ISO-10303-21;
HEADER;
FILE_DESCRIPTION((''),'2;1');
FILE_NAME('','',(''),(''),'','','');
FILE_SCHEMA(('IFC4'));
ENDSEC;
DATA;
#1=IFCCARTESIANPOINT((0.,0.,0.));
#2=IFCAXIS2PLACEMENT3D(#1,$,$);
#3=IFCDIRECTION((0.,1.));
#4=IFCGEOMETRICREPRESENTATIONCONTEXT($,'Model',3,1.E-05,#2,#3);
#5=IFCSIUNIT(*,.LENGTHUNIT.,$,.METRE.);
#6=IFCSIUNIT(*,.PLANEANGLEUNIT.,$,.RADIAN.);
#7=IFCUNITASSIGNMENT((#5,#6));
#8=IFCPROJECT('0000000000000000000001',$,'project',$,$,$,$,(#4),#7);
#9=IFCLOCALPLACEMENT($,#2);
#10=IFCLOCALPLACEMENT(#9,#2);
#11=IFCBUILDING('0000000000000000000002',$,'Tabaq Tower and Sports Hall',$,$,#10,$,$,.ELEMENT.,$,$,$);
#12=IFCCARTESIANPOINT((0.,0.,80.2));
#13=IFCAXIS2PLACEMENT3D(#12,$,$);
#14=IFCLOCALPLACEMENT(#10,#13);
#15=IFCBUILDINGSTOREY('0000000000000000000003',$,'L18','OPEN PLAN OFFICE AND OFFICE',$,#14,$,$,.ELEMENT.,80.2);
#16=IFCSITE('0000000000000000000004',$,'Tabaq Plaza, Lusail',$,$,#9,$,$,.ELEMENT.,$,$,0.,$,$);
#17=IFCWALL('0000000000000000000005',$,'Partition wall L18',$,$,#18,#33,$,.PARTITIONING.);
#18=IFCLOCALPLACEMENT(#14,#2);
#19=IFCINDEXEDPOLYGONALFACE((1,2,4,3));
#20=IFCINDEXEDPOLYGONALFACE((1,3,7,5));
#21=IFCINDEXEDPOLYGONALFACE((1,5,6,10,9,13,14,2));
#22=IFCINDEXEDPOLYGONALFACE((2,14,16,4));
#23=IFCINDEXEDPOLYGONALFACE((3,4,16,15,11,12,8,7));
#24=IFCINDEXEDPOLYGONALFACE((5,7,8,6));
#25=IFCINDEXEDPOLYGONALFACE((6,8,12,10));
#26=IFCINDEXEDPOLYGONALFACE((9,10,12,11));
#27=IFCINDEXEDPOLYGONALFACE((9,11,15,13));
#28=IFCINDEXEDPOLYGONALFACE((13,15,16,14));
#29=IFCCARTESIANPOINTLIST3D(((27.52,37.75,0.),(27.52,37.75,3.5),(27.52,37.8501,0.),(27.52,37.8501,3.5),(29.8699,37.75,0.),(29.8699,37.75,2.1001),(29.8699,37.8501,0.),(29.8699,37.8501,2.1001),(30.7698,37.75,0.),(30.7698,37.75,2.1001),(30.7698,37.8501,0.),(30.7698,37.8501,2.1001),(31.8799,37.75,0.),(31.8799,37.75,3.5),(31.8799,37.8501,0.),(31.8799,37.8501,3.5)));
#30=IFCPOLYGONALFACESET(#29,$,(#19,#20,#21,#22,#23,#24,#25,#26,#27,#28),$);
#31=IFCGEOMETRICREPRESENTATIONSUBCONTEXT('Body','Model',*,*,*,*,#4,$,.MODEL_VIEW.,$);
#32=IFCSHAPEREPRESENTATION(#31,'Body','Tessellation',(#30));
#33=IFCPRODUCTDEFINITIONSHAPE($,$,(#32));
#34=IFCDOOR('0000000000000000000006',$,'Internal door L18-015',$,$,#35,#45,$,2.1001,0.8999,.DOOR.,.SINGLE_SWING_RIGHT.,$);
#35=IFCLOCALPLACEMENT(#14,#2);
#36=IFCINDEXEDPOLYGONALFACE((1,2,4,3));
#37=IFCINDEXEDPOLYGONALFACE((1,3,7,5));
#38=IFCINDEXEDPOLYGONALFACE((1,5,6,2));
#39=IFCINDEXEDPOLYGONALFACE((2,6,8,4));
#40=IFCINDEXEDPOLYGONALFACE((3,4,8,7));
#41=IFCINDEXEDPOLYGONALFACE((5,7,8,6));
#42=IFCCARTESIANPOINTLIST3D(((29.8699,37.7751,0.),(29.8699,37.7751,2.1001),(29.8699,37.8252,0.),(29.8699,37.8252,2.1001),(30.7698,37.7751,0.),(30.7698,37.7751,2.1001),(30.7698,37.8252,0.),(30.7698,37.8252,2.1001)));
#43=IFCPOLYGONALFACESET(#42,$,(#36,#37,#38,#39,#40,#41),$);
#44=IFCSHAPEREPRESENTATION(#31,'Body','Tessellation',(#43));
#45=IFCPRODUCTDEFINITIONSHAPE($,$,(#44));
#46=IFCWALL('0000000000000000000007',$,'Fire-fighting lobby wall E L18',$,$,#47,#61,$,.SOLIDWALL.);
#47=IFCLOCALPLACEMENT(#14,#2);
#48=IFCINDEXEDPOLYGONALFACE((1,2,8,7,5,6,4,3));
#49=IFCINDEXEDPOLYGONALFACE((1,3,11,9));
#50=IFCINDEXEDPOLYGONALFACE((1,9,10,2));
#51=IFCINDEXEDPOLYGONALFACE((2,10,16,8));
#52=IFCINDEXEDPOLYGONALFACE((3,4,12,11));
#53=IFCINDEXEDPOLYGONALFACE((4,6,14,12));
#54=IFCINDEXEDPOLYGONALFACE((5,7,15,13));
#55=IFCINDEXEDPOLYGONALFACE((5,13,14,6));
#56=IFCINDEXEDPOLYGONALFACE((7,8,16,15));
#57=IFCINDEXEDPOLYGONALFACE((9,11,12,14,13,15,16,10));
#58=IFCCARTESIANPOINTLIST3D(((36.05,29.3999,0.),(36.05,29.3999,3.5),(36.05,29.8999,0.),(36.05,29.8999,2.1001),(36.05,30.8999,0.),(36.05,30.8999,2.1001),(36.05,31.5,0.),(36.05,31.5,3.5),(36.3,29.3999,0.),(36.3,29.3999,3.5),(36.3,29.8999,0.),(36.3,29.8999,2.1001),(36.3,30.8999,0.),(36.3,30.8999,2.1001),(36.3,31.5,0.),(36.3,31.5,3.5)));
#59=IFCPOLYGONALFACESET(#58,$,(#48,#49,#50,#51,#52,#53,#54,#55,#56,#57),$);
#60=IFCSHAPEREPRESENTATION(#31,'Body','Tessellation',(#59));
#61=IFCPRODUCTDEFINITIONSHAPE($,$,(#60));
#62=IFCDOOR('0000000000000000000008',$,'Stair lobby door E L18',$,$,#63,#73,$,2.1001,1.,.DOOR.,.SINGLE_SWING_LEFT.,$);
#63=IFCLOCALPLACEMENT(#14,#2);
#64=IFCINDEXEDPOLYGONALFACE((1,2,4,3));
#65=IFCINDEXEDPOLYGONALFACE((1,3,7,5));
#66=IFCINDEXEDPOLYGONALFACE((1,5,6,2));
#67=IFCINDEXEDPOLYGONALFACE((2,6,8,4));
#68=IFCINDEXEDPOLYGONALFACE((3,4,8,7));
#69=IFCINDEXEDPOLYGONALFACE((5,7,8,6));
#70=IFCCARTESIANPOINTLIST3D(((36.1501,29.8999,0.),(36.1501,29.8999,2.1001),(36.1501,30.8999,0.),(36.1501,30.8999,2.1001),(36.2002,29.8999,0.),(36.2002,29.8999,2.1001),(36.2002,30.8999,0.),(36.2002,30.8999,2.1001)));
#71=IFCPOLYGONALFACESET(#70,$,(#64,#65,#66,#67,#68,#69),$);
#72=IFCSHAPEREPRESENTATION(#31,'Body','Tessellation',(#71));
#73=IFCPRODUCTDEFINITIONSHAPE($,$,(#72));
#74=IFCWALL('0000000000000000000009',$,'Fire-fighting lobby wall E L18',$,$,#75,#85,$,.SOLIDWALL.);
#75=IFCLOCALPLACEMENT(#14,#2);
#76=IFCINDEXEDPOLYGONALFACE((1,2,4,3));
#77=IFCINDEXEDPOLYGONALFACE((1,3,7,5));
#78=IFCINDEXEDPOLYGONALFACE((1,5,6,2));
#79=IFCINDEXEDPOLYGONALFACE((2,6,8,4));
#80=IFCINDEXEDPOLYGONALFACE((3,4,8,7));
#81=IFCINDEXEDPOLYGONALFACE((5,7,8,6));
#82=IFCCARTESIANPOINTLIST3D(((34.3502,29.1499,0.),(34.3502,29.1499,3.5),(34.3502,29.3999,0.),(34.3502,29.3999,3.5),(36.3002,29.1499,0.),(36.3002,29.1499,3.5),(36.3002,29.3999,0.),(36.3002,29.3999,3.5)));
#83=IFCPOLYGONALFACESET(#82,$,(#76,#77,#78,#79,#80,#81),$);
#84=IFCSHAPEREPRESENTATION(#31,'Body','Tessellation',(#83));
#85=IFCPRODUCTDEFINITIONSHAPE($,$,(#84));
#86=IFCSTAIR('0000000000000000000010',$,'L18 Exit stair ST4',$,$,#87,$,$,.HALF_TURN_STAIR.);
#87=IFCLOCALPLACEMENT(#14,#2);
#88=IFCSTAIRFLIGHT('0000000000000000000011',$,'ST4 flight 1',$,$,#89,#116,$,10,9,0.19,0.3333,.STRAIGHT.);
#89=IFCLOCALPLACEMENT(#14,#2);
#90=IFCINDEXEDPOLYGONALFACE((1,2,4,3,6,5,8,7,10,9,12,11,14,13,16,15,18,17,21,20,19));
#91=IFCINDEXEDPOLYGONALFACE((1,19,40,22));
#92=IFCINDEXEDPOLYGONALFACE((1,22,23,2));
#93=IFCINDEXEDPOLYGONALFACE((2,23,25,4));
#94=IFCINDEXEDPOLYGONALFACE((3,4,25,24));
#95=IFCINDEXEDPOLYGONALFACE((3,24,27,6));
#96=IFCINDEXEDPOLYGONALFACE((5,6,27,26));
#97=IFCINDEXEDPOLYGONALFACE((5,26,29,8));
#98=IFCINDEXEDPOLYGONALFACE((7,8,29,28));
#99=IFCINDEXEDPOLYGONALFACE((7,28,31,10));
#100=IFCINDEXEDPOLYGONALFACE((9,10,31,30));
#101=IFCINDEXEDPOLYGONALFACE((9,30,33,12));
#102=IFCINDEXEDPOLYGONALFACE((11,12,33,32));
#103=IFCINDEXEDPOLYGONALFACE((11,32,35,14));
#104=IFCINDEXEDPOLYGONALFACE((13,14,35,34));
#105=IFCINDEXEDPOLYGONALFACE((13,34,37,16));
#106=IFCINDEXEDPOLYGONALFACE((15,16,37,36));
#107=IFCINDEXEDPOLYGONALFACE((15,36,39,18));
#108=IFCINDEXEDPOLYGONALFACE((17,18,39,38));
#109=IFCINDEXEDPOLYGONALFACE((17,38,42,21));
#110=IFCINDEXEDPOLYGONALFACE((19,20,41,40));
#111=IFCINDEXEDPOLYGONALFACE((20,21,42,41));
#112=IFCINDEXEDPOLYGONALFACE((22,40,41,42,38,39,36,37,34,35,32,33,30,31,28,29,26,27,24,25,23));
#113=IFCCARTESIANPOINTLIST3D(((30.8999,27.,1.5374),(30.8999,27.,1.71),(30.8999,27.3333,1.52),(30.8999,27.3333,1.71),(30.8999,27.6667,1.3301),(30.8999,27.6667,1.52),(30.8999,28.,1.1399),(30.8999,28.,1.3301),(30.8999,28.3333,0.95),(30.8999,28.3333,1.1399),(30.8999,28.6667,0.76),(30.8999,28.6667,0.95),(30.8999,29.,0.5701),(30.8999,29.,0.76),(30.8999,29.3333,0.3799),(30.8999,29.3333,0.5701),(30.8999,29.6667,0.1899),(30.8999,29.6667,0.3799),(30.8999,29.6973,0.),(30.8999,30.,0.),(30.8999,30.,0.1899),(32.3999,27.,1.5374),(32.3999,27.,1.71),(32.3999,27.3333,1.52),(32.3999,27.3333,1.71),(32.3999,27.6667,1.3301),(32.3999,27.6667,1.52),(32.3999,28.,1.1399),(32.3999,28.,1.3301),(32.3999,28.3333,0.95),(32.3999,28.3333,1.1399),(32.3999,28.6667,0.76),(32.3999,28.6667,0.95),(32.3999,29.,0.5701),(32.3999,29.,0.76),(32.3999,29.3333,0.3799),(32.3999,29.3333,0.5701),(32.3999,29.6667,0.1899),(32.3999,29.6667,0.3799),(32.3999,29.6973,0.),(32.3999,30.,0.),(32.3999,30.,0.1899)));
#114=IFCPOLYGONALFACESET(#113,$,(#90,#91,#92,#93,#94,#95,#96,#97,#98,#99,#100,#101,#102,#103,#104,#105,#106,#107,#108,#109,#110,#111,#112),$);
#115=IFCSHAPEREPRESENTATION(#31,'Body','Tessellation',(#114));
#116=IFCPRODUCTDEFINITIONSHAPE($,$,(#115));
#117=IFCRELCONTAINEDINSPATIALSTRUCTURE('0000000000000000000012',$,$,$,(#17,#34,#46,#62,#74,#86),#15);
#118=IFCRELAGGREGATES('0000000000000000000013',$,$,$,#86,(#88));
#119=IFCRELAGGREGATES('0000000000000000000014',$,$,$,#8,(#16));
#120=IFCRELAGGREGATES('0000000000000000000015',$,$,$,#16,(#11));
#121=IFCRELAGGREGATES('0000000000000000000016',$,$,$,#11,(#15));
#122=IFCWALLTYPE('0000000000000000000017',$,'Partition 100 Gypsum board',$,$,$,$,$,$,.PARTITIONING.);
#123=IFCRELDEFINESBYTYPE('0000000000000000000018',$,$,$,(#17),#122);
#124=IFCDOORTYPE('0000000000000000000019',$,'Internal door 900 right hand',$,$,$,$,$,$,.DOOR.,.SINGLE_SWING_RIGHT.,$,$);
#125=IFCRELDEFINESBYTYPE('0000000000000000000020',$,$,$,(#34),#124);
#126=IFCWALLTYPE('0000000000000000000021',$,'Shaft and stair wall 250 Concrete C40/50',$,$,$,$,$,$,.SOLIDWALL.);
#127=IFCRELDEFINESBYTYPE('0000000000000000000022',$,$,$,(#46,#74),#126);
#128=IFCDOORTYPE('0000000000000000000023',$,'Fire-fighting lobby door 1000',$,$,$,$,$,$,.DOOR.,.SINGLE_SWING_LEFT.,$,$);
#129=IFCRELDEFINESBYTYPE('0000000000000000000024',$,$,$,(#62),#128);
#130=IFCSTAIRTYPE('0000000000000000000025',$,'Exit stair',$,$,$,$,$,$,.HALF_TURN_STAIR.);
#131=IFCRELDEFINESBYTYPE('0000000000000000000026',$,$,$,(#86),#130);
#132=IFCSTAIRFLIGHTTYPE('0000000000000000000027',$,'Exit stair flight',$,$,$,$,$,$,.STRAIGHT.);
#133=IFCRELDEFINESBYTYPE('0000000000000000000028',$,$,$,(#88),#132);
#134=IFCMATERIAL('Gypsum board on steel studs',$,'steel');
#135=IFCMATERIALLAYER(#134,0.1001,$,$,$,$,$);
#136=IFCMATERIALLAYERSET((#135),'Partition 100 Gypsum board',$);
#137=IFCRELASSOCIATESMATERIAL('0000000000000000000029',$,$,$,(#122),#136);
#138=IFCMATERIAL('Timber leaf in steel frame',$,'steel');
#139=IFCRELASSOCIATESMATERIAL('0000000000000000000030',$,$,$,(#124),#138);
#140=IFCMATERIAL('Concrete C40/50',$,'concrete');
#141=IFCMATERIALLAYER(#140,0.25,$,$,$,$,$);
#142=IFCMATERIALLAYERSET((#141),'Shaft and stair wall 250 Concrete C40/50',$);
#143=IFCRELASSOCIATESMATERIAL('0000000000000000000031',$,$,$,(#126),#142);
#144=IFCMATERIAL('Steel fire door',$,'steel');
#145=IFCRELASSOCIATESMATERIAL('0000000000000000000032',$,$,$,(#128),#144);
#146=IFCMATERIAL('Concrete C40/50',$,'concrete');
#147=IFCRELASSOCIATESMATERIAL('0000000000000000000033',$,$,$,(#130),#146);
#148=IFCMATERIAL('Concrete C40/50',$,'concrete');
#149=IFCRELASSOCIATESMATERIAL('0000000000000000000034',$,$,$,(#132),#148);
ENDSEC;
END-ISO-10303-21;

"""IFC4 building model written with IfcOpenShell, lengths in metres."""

from ifc_helpers import new_model, si_unit, direction, frame, frame_2d, origin, place, context, subcontext, project, spatial, polyline, rectangle, outline, extrude, material, layer, layer_set, type_object, element, fill, aggregate, save


model = new_model("IFC4")

# Units and contexts
model_context = context("Model", 3, precision=1e-05, world=origin(), true_north=direction((0.0, 1.0)))
body_context = subcontext(model_context, "Body", "Model", "MODEL_VIEW")
ifc_project = project(units=[si_unit("LENGTHUNIT", "METRE"), si_unit("PLANEANGLEUNIT", "RADIAN")], contexts=[model_context])

# Site, building, storey
site_placement = place(None, origin())
site = spatial("IfcSite", under=ifc_project, at=site_placement, Name="Tabaq Plaza, Lusail", CompositionType="ELEMENT", RefElevation=0.0)
building_placement = place(site_placement, origin())
building = spatial("IfcBuilding", under=site, at=building_placement, Name="Tabaq Tower and Sports Hall", CompositionType="ELEMENT")
storey_placement = place(building_placement, frame((0.0, 0.0, 80.2)))
storey = spatial("IfcBuildingStorey", under=building, at=storey_placement, Name="L18", Description="OPEN PLAN OFFICE AND OFFICE", CompositionType="ELEMENT", Elevation=80.2)

# Shared definitions
ifc_material_1 = material(Name="Gypsum board on steel studs", Category="steel")
ifc_layer_1 = layer(ifc_material_1, 0.1001)
ifc_layer_set_1 = layer_set([ifc_layer_1], Name="Partition 100 Gypsum board")
wall_type_1 = type_object("IfcWallType", Name="Partition 100 Gypsum board", PredefinedType="PARTITIONING", material=ifc_layer_set_1)

# Walls, openings, doors
wall_1_placement = place(storey_placement, frame((31.8799, 37.8, 0.0), z_axis=(0.0, 0.0, 1.0), x_axis=(-1.0, 0.0, 0.0)))
wall_1 = element("IfcWall", 1, at=wall_1_placement, inside=storey, type_object=wall_type_1, Name="Partition wall L18", PredefinedType="PARTITIONING", context=body_context, shape_type="SweptSolid", body=[
    extrude(rectangle(XDim=4.3599, YDim=0.1001, at=frame_2d((2.1799, 0.0))), origin(), (0.0, 0.0, 1.0), 3.5),
])
opening_1_placement = place(wall_1_placement, frame((1.1101, 0.0, 0.0)))
opening_1 = element("IfcOpeningElement", 2, at=opening_1_placement, cuts=wall_1, PredefinedType="OPENING", context=body_context, shape_type="SweptSolid", body=[
    extrude(rectangle(XDim=0.8999, YDim=2.1001, at=frame_2d((0.45, 1.05))), frame((0.0, 0.05, 0.0), z_axis=(0.0, -1.0, 0.0), x_axis=(1.0, 0.0, 0.0)), (0.0, 0.0, 1.0), 0.1001),
])
ifc_material_2 = material(Name="Timber leaf in steel frame", Category="steel")
door_type_1 = type_object("IfcDoorType", Name="Internal door 900 right hand", OperationType="SINGLE_SWING_RIGHT", PredefinedType="DOOR", material=ifc_material_2)
door_1_placement = place(opening_1_placement, origin())
door_1 = element("IfcDoor", 3, at=door_1_placement, inside=storey, type_object=door_type_1, Name="Internal door L18-015", OperationType="SINGLE_SWING_RIGHT", OverallHeight=2.1001, OverallWidth=0.8999, PredefinedType="DOOR", context=body_context, shape_type="SweptSolid", body=[
    extrude(rectangle(XDim=0.8999, YDim=2.1001, at=frame_2d((0.45, 1.05))), frame((0.0, 0.0249, 0.0), z_axis=(0.0, -1.0, 0.0), x_axis=(1.0, 0.0, 0.0)), (0.0, 0.0, 1.0), 0.05),
])
fill(opening_1, door_1)
ifc_material_3 = material(Name="Concrete C40/50", Category="concrete")
ifc_layer_2 = layer(ifc_material_3, 0.25)
ifc_layer_set_2 = layer_set([ifc_layer_2], Name="Shaft and stair wall 250 Concrete C40/50")
wall_type_2 = type_object("IfcWallType", Name="Shaft and stair wall 250 Concrete C40/50", PredefinedType="SOLIDWALL", material=ifc_layer_set_2)
wall_2_placement = place(storey_placement, frame((36.175, 29.3999, 0.0), z_axis=(0.0, 0.0, 1.0), x_axis=(0.0, 1.0, 0.0)))
wall_2 = element("IfcWall", 4, at=wall_2_placement, inside=storey, type_object=wall_type_2, Name="Fire-fighting lobby wall E L18", PredefinedType="SOLIDWALL", context=body_context, shape_type="SweptSolid", body=[
    extrude(rectangle(XDim=2.1001, YDim=0.25, at=frame_2d((1.05, 0.0))), origin(), (0.0, 0.0, 1.0), 3.5),
])
opening_2_placement = place(wall_2_placement, frame((0.5, 0.0, 0.0)))
opening_2 = element("IfcOpeningElement", 5, at=opening_2_placement, cuts=wall_2, PredefinedType="OPENING", context=body_context, shape_type="SweptSolid", body=[
    extrude(rectangle(XDim=1.0, YDim=2.1001, at=frame_2d((0.5, 1.05))), frame((0.0, 0.125, 0.0), z_axis=(0.0, -1.0, 0.0), x_axis=(1.0, 0.0, 0.0)), (0.0, 0.0, 1.0), 0.25),
])
ifc_material_4 = material(Name="Steel fire door", Category="steel")
door_type_2 = type_object("IfcDoorType", Name="Fire-fighting lobby door 1000", OperationType="SINGLE_SWING_LEFT", PredefinedType="DOOR", material=ifc_material_4)
door_2_placement = place(opening_2_placement, origin())
door_2 = element("IfcDoor", 6, at=door_2_placement, inside=storey, type_object=door_type_2, Name="Stair lobby door E L18", OperationType="SINGLE_SWING_LEFT", OverallHeight=2.1001, OverallWidth=1.0, PredefinedType="DOOR", context=body_context, shape_type="SweptSolid", body=[
    extrude(rectangle(XDim=1.0, YDim=2.1001, at=frame_2d((0.5, 1.05))), frame((0.0, 0.0249, 0.0), z_axis=(0.0, -1.0, 0.0), x_axis=(1.0, 0.0, 0.0)), (0.0, 0.0, 1.0), 0.05),
])
fill(opening_2, door_2)

# Wall
wall_3_placement = place(storey_placement, frame((34.3501, 29.2749, 0.0), z_axis=(0.0, 0.0, 1.0), x_axis=(1.0, 0.0, 0.0)))
element("IfcWall", 7, at=wall_3_placement, inside=storey, type_object=wall_type_2, Name="Fire-fighting lobby wall E L18", PredefinedType="SOLIDWALL", context=body_context, shape_type="SweptSolid", body=[
    extrude(rectangle(XDim=1.95, YDim=0.25, at=frame_2d((0.9751, 0.0))), origin(), (0.0, 0.0, 1.0), 3.5),
])

# Stair, stair flight
ifc_material_5 = material(Name="Concrete C40/50", Category="concrete")
stair_type = type_object("IfcStairType", Name="Exit stair", PredefinedType="HALF_TURN_STAIR", material=ifc_material_5)
stair_placement = place(storey_placement, origin())
stair = element("IfcStair", 8, at=stair_placement, inside=storey, type_object=stair_type, Name="L18 Exit stair ST4", PredefinedType="HALF_TURN_STAIR")
ifc_material_6 = material(Name="Concrete C40/50", Category="concrete")
stair_flight_type = type_object("IfcStairFlightType", Name="Exit stair flight", PredefinedType="STRAIGHT", material=ifc_material_6)
stair_flight_placement = place(storey_placement, frame((31.6499, 30.0, 0.0), z_axis=(0.0, 0.0, 1.0), x_axis=(0.0, -1.0, 0.0)))
stair_flight = element("IfcStairFlight", 9, at=stair_flight_placement, type_object=stair_flight_type, Name="ST4 flight 1", NumberOfRisers=10, NumberOfTreads=9, PredefinedType="STRAIGHT", RiserHeight=0.19, TreadLength=0.3333, context=body_context, shape_type="SweptSolid", body=[
    extrude(outline(polyline([(0.0, 0.0), (0.0, 0.1899), (0.3333, 0.1899), (0.3333, 0.3799), (0.6667, 0.3799), (0.6667, 0.5701), (1.0, 0.5701), (1.0, 0.76), (1.3333, 0.76), (1.3333, 0.95), (1.6667, 0.95), (1.6667, 1.1399), (2.0, 1.1399), (2.0, 1.3301), (2.3333, 1.3301), (2.3333, 1.52), (2.6667, 1.52), (2.6667, 1.71), (3.0, 1.71), (3.0, 1.8999), (3.0, 1.5374), (0.3027, 0.0), (0.0, 0.0)])), frame((0.0, 0.75, 0.0), z_axis=(0.0, -1.0, 0.0), x_axis=(1.0, 0.0, 0.0)), (0.0, 0.0, 1.0), 1.5),
])
aggregate(stair, [stair_flight])

save(model, "model.ifc")
